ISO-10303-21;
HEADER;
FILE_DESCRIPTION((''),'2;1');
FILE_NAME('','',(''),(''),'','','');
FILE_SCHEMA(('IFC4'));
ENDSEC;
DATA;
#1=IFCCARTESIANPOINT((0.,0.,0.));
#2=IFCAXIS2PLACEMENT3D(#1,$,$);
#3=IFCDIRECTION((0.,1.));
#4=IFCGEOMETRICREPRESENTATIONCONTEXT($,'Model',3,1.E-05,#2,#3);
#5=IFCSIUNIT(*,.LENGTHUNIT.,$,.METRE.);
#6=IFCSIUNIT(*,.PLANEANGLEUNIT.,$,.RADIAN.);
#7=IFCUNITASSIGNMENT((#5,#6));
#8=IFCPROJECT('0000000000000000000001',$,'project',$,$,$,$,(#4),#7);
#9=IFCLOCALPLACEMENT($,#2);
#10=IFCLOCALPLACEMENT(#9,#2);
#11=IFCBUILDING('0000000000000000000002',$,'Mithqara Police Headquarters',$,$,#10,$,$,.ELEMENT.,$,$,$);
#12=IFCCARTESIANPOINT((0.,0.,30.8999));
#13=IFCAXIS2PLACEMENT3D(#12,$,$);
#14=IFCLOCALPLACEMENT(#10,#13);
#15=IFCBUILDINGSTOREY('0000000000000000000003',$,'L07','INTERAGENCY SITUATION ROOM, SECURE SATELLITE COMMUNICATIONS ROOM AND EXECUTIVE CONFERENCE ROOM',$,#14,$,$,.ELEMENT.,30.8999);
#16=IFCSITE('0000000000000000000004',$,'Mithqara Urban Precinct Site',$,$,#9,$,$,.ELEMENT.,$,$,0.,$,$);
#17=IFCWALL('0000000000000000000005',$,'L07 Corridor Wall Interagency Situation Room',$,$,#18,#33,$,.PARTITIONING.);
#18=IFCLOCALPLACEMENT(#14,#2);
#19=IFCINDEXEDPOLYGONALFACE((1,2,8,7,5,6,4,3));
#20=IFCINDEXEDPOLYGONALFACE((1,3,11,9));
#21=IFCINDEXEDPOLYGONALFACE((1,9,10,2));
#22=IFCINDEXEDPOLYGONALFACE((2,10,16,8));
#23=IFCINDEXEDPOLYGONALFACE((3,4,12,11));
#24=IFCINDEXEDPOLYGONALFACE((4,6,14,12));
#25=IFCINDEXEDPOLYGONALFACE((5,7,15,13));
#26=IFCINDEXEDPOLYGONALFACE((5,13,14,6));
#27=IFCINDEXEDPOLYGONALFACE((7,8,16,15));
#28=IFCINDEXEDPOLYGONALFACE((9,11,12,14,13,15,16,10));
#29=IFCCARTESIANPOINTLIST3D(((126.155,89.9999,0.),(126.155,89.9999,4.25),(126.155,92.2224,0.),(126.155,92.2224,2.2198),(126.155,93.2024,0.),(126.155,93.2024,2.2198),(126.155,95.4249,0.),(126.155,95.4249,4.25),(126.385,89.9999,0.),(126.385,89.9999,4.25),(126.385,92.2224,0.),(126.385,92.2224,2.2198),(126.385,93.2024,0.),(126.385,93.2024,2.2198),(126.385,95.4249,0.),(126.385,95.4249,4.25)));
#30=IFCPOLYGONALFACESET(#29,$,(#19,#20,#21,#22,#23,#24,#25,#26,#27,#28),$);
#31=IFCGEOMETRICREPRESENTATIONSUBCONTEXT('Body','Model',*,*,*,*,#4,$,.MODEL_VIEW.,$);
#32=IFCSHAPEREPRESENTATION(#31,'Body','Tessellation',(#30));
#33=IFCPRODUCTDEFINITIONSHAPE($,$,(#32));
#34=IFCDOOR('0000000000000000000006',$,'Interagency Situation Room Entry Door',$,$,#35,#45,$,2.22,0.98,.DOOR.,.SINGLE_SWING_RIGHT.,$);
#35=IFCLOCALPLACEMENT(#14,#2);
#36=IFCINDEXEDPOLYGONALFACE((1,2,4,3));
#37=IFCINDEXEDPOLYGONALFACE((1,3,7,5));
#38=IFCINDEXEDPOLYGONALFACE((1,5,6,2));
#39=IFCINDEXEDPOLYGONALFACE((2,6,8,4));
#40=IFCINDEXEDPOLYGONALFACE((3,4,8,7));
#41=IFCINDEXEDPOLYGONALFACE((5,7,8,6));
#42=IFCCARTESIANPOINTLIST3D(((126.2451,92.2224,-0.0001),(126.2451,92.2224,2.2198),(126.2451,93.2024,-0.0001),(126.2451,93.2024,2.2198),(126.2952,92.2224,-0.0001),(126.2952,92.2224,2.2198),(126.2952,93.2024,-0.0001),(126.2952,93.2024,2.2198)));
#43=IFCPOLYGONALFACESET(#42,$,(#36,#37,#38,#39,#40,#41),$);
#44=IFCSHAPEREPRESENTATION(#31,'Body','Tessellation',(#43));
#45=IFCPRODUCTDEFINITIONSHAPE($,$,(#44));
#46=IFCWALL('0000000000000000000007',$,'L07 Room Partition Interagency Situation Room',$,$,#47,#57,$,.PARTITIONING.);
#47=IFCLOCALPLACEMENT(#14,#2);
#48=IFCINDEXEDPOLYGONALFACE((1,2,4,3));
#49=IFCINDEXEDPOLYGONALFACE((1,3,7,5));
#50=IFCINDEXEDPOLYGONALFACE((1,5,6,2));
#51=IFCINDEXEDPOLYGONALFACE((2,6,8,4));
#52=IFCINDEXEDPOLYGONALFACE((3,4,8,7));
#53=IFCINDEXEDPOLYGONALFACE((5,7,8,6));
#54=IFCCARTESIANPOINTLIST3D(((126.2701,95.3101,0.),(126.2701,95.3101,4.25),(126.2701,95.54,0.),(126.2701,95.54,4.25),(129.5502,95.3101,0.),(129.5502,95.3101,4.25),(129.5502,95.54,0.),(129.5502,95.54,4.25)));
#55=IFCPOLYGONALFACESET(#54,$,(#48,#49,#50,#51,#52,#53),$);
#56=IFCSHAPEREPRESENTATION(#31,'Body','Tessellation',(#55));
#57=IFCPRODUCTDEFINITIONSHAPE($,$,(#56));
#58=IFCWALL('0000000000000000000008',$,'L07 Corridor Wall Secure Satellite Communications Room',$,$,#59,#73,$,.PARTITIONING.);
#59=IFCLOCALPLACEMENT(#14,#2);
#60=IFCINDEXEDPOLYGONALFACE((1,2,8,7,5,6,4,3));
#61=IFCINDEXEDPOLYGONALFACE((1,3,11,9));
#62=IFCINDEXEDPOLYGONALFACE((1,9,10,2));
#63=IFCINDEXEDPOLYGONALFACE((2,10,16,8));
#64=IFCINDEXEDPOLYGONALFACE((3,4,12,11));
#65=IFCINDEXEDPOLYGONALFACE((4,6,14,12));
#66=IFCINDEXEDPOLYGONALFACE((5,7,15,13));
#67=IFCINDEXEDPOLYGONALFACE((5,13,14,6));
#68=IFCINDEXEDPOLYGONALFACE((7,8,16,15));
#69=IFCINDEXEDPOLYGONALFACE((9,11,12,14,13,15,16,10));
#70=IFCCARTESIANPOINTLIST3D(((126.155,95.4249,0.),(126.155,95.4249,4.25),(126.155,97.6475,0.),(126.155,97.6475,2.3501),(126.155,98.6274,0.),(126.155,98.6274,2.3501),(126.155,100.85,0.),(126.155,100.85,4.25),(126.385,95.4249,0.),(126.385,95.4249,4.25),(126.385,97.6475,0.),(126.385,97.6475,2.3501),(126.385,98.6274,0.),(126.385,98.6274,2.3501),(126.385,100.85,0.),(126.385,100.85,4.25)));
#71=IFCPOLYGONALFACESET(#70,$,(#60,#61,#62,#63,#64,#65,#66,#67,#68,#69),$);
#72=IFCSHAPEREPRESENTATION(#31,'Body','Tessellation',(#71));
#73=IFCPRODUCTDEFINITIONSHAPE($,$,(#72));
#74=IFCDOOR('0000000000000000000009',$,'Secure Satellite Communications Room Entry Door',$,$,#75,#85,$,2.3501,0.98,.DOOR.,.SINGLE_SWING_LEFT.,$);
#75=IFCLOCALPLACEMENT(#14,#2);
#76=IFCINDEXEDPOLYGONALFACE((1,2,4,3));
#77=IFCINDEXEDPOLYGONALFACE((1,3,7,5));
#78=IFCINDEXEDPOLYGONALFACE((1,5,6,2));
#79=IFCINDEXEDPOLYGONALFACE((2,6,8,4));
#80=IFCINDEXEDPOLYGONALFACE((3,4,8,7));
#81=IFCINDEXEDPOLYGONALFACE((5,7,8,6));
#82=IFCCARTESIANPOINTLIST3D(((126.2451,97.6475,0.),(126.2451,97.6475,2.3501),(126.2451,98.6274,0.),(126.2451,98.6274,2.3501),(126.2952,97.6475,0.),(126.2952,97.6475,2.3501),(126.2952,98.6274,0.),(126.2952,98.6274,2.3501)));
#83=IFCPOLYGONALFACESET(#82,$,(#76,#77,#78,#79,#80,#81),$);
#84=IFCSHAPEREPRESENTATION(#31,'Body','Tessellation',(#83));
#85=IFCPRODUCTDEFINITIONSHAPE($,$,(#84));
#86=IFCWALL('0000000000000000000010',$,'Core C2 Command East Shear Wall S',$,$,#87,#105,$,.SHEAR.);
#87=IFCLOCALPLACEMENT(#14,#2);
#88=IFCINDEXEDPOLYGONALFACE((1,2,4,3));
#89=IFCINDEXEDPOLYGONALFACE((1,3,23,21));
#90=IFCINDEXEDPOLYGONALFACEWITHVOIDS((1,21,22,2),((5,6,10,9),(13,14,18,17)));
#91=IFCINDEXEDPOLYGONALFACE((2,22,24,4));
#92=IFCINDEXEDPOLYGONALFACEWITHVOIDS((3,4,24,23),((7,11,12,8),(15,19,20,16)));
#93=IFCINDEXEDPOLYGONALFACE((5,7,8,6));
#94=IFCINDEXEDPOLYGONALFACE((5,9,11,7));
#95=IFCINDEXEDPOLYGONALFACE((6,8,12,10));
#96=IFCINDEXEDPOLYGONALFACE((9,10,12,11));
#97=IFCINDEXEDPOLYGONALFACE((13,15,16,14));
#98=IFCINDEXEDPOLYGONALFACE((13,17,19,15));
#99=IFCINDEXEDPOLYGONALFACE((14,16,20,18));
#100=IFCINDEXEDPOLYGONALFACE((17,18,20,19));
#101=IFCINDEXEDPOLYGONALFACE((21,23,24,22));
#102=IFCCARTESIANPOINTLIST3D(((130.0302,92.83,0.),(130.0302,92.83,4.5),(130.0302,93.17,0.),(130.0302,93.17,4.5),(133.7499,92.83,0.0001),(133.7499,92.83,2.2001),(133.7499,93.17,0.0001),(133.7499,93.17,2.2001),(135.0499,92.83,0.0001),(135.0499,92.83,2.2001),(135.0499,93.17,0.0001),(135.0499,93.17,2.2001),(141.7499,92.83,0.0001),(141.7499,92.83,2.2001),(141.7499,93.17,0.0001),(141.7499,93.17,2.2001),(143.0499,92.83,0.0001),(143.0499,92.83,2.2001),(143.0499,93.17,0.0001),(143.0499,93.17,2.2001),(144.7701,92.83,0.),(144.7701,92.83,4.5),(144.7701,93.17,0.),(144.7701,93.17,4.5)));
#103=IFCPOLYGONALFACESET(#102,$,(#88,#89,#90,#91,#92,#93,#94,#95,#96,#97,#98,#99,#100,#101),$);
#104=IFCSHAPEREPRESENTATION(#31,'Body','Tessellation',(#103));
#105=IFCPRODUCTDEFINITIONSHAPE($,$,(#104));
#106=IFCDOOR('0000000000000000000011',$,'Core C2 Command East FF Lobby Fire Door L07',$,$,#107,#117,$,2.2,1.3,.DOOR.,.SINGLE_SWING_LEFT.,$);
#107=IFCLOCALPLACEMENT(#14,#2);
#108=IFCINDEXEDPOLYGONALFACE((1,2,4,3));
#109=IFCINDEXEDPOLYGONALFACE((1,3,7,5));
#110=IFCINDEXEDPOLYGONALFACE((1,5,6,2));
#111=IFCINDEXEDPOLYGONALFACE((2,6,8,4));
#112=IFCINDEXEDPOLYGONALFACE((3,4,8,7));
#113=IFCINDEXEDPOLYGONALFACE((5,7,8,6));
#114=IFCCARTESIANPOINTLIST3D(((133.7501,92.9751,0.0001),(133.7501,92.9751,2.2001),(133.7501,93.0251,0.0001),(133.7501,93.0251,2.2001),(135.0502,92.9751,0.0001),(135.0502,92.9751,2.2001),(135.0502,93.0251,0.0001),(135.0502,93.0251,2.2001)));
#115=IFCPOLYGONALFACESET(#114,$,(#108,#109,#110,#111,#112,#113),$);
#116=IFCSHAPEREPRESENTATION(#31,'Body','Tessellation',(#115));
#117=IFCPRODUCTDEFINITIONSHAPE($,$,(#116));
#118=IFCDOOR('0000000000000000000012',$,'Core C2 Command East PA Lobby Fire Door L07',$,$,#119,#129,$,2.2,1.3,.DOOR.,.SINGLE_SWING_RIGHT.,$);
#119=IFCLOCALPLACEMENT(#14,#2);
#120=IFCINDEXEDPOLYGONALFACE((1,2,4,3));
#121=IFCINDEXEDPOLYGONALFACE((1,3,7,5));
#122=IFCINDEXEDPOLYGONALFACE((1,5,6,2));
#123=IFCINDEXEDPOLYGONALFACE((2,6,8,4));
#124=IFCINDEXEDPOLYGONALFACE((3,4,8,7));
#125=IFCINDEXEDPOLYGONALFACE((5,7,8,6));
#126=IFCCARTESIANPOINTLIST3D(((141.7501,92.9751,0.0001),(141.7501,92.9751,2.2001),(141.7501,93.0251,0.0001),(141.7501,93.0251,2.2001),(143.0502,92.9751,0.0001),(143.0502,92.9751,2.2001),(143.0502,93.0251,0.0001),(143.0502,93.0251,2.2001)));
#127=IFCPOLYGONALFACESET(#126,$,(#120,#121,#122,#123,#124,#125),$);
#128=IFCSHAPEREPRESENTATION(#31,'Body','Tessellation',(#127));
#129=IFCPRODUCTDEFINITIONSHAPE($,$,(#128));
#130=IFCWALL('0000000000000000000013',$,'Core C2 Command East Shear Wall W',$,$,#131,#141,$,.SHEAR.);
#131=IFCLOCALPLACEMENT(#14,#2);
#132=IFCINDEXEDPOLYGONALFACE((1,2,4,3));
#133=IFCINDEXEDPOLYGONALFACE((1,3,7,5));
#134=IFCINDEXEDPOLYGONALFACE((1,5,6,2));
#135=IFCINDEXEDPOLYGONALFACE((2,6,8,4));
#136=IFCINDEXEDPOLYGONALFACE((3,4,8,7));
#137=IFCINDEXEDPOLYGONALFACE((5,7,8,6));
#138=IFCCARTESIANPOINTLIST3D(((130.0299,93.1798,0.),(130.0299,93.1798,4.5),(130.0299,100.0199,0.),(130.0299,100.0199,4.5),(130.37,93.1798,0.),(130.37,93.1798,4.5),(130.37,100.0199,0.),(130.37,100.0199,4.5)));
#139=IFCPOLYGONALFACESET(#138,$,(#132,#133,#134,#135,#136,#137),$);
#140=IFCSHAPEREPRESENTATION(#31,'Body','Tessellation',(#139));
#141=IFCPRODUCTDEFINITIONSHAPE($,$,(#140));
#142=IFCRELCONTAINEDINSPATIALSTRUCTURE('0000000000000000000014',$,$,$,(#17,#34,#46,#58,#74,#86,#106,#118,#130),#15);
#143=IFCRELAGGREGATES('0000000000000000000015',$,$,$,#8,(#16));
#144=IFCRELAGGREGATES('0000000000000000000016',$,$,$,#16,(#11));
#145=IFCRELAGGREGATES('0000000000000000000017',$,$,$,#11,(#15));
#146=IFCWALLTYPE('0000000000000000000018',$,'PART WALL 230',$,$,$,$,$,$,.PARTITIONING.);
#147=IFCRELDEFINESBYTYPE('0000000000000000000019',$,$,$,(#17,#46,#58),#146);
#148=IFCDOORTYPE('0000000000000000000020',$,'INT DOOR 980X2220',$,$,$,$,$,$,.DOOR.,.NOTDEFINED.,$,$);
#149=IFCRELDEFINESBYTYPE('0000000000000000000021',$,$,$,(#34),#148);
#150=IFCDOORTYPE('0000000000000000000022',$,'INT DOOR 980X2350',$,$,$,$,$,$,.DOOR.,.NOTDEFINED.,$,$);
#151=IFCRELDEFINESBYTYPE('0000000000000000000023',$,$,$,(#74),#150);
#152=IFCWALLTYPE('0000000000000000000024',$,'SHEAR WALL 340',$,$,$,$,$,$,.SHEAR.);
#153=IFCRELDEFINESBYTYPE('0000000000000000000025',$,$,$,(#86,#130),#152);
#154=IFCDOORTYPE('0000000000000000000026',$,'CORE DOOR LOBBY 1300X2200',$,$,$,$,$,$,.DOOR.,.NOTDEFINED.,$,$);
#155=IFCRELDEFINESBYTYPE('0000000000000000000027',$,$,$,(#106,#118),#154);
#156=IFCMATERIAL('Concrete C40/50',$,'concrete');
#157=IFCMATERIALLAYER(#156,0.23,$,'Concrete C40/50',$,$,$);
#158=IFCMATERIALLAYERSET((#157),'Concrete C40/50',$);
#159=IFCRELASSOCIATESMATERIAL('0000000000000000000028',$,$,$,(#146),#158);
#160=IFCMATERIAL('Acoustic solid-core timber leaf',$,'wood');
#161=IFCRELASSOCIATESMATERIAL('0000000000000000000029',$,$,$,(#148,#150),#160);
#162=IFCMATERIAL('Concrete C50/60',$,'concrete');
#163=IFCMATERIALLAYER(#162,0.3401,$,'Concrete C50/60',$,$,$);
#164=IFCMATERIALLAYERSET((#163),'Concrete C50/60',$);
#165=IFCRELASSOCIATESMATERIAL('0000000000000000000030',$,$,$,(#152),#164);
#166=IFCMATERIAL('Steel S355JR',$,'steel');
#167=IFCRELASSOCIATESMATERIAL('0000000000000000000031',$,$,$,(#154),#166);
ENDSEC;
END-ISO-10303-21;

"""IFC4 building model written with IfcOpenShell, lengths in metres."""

from ifc_helpers import new_model, si_unit, direction, frame, frame_2d, origin, place, context, subcontext, project, spatial, rectangle, extrude, material, layer, layer_set, type_object, element, fill, save


model = new_model("IFC4")

# Units and contexts
model_context = context("Model", 3, precision=1e-05, world=origin(), true_north=direction((0.0, 1.0)))
body_context = subcontext(model_context, "Body", "Model", "MODEL_VIEW")
ifc_project = project(units=[si_unit("LENGTHUNIT", "METRE"), si_unit("PLANEANGLEUNIT", "RADIAN")], contexts=[model_context])

# Site, building, storey
site_placement = place(None, origin())
site = spatial("IfcSite", under=ifc_project, at=site_placement, Name="Mithqara Urban Precinct Site", CompositionType="ELEMENT", RefElevation=0.0)
building_placement = place(site_placement, origin())
building = spatial("IfcBuilding", under=site, at=building_placement, Name="Mithqara Police Headquarters", CompositionType="ELEMENT")
storey_placement = place(building_placement, frame((0.0, 0.0, 30.8999)))
storey = spatial("IfcBuildingStorey", under=building, at=storey_placement, Name="L07", Description="INTERAGENCY SITUATION ROOM, SECURE SATELLITE COMMUNICATIONS ROOM AND EXECUTIVE CONFERENCE ROOM", CompositionType="ELEMENT", Elevation=30.8999)

# Shared definitions
ifc_material_1 = material(Name="Concrete C50/60", Category="concrete")

# Shared definitions
ifc_material_2 = material(Name="Steel S355JR", Category="steel")
ifc_material_3 = material(Name="Concrete C40/50", Category="concrete")

# Shared definitions
ifc_layer_1 = layer(ifc_material_3, 0.23, Name="Concrete C40/50")
ifc_layer_set_1 = layer_set([ifc_layer_1], Name="Concrete C40/50")
wall_type_1 = type_object("IfcWallType", Name="PART WALL 230", PredefinedType="PARTITIONING", material=ifc_layer_set_1)

# Wall, opening, door
wall_1_placement = place(storey_placement, frame((126.27, 90.0, 0.0), z_axis=(0.0, 0.0, 1.0), x_axis=(0.0, 1.0, 0.0)))
wall_1 = element("IfcWall", 1, at=wall_1_placement, inside=storey, type_object=wall_type_1, Name="L07 Corridor Wall Interagency Situation Room", PredefinedType="PARTITIONING", context=body_context, shape_type="SweptSolid", body=[
    extrude(rectangle(XDim=5.425, YDim=0.23, at=frame_2d((2.7124, 0.0))), origin(), (0.0, 0.0, 1.0), 4.25),
])
opening_1_placement = place(wall_1_placement, frame((2.2224, 0.0, 0.0)))
opening_1 = element("IfcOpeningElement", 2, at=opening_1_placement, cuts=wall_1, PredefinedType="OPENING", context=body_context, shape_type="SweptSolid", body=[
    extrude(rectangle(XDim=0.98, YDim=2.22, at=frame_2d((0.49, 1.1099))), frame((0.0, 0.125, 0.0), z_axis=(0.0, -1.0, 0.0), x_axis=(1.0, 0.0, 0.0)), (0.0, 0.0, 1.0), 0.25),
])
ifc_material_4 = material(Name="Acoustic solid-core timber leaf", Category="wood")
door_type_1 = type_object("IfcDoorType", Name="INT DOOR 980X2220", OperationType="NOTDEFINED", PredefinedType="DOOR", material=ifc_material_4)
door_1_placement = place(opening_1_placement, origin())
door_1 = element("IfcDoor", 3, at=door_1_placement, inside=storey, type_object=door_type_1, Name="Interagency Situation Room Entry Door", OperationType="SINGLE_SWING_RIGHT", OverallHeight=2.22, OverallWidth=0.98, PredefinedType="DOOR", context=body_context, shape_type="SweptSolid", body=[
    extrude(rectangle(XDim=0.98, YDim=2.22, at=frame_2d((0.49, 1.1099))), frame((0.0, 0.0249, 0.0), z_axis=(0.0, -1.0, 0.0), x_axis=(1.0, 0.0, 0.0)), (0.0, 0.0, 1.0), 0.05),
])
fill(opening_1, door_1)

# Wall
wall_2_placement = place(storey_placement, frame((126.27, 95.425, 0.0), z_axis=(0.0, 0.0, 1.0), x_axis=(1.0, 0.0, 0.0)))
element("IfcWall", 4, at=wall_2_placement, inside=storey, type_object=wall_type_1, Name="L07 Room Partition Interagency Situation Room", PredefinedType="PARTITIONING", context=body_context, shape_type="SweptSolid", body=[
    extrude(rectangle(XDim=3.28, YDim=0.23, at=frame_2d((1.6401, 0.0))), origin(), (0.0, 0.0, 1.0), 4.25),
])

# Wall, opening, door
wall_3_placement = place(storey_placement, frame((126.27, 95.425, 0.0), z_axis=(0.0, 0.0, 1.0), x_axis=(0.0, 1.0, 0.0)))
wall_3 = element("IfcWall", 5, at=wall_3_placement, inside=storey, type_object=wall_type_1, Name="L07 Corridor Wall Secure Satellite Communications Room", PredefinedType="PARTITIONING", context=body_context, shape_type="SweptSolid", body=[
    extrude(rectangle(XDim=5.425, YDim=0.23, at=frame_2d((2.7124, 0.0))), origin(), (0.0, 0.0, 1.0), 4.25),
])
opening_2_placement = place(wall_3_placement, frame((2.2224, 0.0, 0.0)))
opening_2 = element("IfcOpeningElement", 6, at=opening_2_placement, cuts=wall_3, PredefinedType="OPENING", context=body_context, shape_type="SweptSolid", body=[
    extrude(rectangle(XDim=0.98, YDim=2.3501, at=frame_2d((0.49, 1.175))), frame((0.0, 0.125, 0.0), z_axis=(0.0, -1.0, 0.0), x_axis=(1.0, 0.0, 0.0)), (0.0, 0.0, 1.0), 0.25),
])
door_type_2 = type_object("IfcDoorType", Name="INT DOOR 980X2350", OperationType="NOTDEFINED", PredefinedType="DOOR", material=ifc_material_4)
door_2_placement = place(opening_2_placement, origin())
door_2 = element("IfcDoor", 7, at=door_2_placement, inside=storey, type_object=door_type_2, Name="Secure Satellite Communications Room Entry Door", OperationType="SINGLE_SWING_LEFT", OverallHeight=2.3501, OverallWidth=0.98, PredefinedType="DOOR", context=body_context, shape_type="SweptSolid", body=[
    extrude(rectangle(XDim=0.98, YDim=2.3501, at=frame_2d((0.49, 1.175))), frame((0.0, 0.0249, 0.0), z_axis=(0.0, -1.0, 0.0), x_axis=(1.0, 0.0, 0.0)), (0.0, 0.0, 1.0), 0.05),
])
fill(opening_2, door_2)

# Wall, openings, doors
ifc_layer_2 = layer(ifc_material_1, 0.3401, Name="Concrete C50/60")
ifc_layer_set_2 = layer_set([ifc_layer_2], Name="Concrete C50/60")
wall_type_2 = type_object("IfcWallType", Name="SHEAR WALL 340", PredefinedType="SHEAR", material=ifc_layer_set_2)
wall_4_placement = place(storey_placement, frame((130.03, 93.0, 0.0), z_axis=(0.0, 0.0, 1.0), x_axis=(1.0, 0.0, 0.0)))
wall_4 = element("IfcWall", 8, at=wall_4_placement, inside=storey, type_object=wall_type_2, Name="Core C2 Command East Shear Wall S", PredefinedType="SHEAR", context=body_context, shape_type="SweptSolid", body=[
    extrude(rectangle(XDim=14.74, YDim=0.3401, at=frame_2d((7.3701, 0.0))), origin(), (0.0, 0.0, 1.0), 4.5),
])
opening_3_placement = place(wall_4_placement, frame((3.72, 0.0, 0.0)))
opening_3 = element("IfcOpeningElement", 9, at=opening_3_placement, cuts=wall_4, PredefinedType="OPENING", context=body_context, shape_type="SweptSolid", body=[
    extrude(rectangle(XDim=1.3, YDim=2.2, at=frame_2d((0.6499, 1.1001))), frame((0.0, 0.1802, 0.0), z_axis=(0.0, -1.0, 0.0), x_axis=(1.0, 0.0, 0.0)), (0.0, 0.0, 1.0), 0.3601),
])
opening_4_placement = place(wall_4_placement, frame((11.72, 0.0, 0.0)))
opening_4 = element("IfcOpeningElement", 10, at=opening_4_placement, cuts=wall_4, PredefinedType="OPENING", context=body_context, shape_type="SweptSolid", body=[
    extrude(rectangle(XDim=1.3, YDim=2.2, at=frame_2d((0.6499, 1.1001))), frame((0.0, 0.1802, 0.0), z_axis=(0.0, -1.0, 0.0), x_axis=(1.0, 0.0, 0.0)), (0.0, 0.0, 1.0), 0.3601),
])
door_type_3 = type_object("IfcDoorType", Name="CORE DOOR LOBBY 1300X2200", OperationType="NOTDEFINED", PredefinedType="DOOR", material=ifc_material_2)
door_3_placement = place(opening_3_placement, frame((1.3, 0.0, 0.0), z_axis=(0.0, 0.0, 1.0), x_axis=(-1.0, 0.0, 0.0)))
door_3 = element("IfcDoor", 11, at=door_3_placement, inside=storey, type_object=door_type_3, Name="Core C2 Command East FF Lobby Fire Door L07", OperationType="SINGLE_SWING_LEFT", OverallHeight=2.2, OverallWidth=1.3, PredefinedType="DOOR", context=body_context, shape_type="SweptSolid", body=[
    extrude(rectangle(XDim=1.3, YDim=2.2, at=frame_2d((0.6499, 1.1001))), frame((0.0, 0.0249, 0.0), z_axis=(0.0, -1.0, 0.0), x_axis=(1.0, 0.0, 0.0)), (0.0, 0.0, 1.0), 0.05),
])
fill(opening_3, door_3)
door_4_placement = place(opening_4_placement, frame((1.3, 0.0, 0.0), z_axis=(0.0, 0.0, 1.0), x_axis=(-1.0, 0.0, 0.0)))
door_4 = element("IfcDoor", 12, at=door_4_placement, inside=storey, type_object=door_type_3, Name="Core C2 Command East PA Lobby Fire Door L07", OperationType="SINGLE_SWING_RIGHT", OverallHeight=2.2, OverallWidth=1.3, PredefinedType="DOOR", context=body_context, shape_type="SweptSolid", body=[
    extrude(rectangle(XDim=1.3, YDim=2.2, at=frame_2d((0.6499, 1.1001))), frame((0.0, 0.0249, 0.0), z_axis=(0.0, -1.0, 0.0), x_axis=(1.0, 0.0, 0.0)), (0.0, 0.0, 1.0), 0.05),
])
fill(opening_4, door_4)

# Wall
wall_5_placement = place(storey_placement, frame((130.2, 93.1799, 0.0), z_axis=(0.0, 0.0, 1.0), x_axis=(0.0, 1.0, 0.0)))
element("IfcWall", 13, at=wall_5_placement, inside=storey, type_object=wall_type_2, Name="Core C2 Command East Shear Wall W", PredefinedType="SHEAR", context=body_context, shape_type="SweptSolid", body=[
    extrude(rectangle(XDim=6.8401, YDim=0.3401, at=frame_2d((3.4199, 0.0))), origin(), (0.0, 0.0, 1.0), 4.5),
])

save(model, "model.ifc")
